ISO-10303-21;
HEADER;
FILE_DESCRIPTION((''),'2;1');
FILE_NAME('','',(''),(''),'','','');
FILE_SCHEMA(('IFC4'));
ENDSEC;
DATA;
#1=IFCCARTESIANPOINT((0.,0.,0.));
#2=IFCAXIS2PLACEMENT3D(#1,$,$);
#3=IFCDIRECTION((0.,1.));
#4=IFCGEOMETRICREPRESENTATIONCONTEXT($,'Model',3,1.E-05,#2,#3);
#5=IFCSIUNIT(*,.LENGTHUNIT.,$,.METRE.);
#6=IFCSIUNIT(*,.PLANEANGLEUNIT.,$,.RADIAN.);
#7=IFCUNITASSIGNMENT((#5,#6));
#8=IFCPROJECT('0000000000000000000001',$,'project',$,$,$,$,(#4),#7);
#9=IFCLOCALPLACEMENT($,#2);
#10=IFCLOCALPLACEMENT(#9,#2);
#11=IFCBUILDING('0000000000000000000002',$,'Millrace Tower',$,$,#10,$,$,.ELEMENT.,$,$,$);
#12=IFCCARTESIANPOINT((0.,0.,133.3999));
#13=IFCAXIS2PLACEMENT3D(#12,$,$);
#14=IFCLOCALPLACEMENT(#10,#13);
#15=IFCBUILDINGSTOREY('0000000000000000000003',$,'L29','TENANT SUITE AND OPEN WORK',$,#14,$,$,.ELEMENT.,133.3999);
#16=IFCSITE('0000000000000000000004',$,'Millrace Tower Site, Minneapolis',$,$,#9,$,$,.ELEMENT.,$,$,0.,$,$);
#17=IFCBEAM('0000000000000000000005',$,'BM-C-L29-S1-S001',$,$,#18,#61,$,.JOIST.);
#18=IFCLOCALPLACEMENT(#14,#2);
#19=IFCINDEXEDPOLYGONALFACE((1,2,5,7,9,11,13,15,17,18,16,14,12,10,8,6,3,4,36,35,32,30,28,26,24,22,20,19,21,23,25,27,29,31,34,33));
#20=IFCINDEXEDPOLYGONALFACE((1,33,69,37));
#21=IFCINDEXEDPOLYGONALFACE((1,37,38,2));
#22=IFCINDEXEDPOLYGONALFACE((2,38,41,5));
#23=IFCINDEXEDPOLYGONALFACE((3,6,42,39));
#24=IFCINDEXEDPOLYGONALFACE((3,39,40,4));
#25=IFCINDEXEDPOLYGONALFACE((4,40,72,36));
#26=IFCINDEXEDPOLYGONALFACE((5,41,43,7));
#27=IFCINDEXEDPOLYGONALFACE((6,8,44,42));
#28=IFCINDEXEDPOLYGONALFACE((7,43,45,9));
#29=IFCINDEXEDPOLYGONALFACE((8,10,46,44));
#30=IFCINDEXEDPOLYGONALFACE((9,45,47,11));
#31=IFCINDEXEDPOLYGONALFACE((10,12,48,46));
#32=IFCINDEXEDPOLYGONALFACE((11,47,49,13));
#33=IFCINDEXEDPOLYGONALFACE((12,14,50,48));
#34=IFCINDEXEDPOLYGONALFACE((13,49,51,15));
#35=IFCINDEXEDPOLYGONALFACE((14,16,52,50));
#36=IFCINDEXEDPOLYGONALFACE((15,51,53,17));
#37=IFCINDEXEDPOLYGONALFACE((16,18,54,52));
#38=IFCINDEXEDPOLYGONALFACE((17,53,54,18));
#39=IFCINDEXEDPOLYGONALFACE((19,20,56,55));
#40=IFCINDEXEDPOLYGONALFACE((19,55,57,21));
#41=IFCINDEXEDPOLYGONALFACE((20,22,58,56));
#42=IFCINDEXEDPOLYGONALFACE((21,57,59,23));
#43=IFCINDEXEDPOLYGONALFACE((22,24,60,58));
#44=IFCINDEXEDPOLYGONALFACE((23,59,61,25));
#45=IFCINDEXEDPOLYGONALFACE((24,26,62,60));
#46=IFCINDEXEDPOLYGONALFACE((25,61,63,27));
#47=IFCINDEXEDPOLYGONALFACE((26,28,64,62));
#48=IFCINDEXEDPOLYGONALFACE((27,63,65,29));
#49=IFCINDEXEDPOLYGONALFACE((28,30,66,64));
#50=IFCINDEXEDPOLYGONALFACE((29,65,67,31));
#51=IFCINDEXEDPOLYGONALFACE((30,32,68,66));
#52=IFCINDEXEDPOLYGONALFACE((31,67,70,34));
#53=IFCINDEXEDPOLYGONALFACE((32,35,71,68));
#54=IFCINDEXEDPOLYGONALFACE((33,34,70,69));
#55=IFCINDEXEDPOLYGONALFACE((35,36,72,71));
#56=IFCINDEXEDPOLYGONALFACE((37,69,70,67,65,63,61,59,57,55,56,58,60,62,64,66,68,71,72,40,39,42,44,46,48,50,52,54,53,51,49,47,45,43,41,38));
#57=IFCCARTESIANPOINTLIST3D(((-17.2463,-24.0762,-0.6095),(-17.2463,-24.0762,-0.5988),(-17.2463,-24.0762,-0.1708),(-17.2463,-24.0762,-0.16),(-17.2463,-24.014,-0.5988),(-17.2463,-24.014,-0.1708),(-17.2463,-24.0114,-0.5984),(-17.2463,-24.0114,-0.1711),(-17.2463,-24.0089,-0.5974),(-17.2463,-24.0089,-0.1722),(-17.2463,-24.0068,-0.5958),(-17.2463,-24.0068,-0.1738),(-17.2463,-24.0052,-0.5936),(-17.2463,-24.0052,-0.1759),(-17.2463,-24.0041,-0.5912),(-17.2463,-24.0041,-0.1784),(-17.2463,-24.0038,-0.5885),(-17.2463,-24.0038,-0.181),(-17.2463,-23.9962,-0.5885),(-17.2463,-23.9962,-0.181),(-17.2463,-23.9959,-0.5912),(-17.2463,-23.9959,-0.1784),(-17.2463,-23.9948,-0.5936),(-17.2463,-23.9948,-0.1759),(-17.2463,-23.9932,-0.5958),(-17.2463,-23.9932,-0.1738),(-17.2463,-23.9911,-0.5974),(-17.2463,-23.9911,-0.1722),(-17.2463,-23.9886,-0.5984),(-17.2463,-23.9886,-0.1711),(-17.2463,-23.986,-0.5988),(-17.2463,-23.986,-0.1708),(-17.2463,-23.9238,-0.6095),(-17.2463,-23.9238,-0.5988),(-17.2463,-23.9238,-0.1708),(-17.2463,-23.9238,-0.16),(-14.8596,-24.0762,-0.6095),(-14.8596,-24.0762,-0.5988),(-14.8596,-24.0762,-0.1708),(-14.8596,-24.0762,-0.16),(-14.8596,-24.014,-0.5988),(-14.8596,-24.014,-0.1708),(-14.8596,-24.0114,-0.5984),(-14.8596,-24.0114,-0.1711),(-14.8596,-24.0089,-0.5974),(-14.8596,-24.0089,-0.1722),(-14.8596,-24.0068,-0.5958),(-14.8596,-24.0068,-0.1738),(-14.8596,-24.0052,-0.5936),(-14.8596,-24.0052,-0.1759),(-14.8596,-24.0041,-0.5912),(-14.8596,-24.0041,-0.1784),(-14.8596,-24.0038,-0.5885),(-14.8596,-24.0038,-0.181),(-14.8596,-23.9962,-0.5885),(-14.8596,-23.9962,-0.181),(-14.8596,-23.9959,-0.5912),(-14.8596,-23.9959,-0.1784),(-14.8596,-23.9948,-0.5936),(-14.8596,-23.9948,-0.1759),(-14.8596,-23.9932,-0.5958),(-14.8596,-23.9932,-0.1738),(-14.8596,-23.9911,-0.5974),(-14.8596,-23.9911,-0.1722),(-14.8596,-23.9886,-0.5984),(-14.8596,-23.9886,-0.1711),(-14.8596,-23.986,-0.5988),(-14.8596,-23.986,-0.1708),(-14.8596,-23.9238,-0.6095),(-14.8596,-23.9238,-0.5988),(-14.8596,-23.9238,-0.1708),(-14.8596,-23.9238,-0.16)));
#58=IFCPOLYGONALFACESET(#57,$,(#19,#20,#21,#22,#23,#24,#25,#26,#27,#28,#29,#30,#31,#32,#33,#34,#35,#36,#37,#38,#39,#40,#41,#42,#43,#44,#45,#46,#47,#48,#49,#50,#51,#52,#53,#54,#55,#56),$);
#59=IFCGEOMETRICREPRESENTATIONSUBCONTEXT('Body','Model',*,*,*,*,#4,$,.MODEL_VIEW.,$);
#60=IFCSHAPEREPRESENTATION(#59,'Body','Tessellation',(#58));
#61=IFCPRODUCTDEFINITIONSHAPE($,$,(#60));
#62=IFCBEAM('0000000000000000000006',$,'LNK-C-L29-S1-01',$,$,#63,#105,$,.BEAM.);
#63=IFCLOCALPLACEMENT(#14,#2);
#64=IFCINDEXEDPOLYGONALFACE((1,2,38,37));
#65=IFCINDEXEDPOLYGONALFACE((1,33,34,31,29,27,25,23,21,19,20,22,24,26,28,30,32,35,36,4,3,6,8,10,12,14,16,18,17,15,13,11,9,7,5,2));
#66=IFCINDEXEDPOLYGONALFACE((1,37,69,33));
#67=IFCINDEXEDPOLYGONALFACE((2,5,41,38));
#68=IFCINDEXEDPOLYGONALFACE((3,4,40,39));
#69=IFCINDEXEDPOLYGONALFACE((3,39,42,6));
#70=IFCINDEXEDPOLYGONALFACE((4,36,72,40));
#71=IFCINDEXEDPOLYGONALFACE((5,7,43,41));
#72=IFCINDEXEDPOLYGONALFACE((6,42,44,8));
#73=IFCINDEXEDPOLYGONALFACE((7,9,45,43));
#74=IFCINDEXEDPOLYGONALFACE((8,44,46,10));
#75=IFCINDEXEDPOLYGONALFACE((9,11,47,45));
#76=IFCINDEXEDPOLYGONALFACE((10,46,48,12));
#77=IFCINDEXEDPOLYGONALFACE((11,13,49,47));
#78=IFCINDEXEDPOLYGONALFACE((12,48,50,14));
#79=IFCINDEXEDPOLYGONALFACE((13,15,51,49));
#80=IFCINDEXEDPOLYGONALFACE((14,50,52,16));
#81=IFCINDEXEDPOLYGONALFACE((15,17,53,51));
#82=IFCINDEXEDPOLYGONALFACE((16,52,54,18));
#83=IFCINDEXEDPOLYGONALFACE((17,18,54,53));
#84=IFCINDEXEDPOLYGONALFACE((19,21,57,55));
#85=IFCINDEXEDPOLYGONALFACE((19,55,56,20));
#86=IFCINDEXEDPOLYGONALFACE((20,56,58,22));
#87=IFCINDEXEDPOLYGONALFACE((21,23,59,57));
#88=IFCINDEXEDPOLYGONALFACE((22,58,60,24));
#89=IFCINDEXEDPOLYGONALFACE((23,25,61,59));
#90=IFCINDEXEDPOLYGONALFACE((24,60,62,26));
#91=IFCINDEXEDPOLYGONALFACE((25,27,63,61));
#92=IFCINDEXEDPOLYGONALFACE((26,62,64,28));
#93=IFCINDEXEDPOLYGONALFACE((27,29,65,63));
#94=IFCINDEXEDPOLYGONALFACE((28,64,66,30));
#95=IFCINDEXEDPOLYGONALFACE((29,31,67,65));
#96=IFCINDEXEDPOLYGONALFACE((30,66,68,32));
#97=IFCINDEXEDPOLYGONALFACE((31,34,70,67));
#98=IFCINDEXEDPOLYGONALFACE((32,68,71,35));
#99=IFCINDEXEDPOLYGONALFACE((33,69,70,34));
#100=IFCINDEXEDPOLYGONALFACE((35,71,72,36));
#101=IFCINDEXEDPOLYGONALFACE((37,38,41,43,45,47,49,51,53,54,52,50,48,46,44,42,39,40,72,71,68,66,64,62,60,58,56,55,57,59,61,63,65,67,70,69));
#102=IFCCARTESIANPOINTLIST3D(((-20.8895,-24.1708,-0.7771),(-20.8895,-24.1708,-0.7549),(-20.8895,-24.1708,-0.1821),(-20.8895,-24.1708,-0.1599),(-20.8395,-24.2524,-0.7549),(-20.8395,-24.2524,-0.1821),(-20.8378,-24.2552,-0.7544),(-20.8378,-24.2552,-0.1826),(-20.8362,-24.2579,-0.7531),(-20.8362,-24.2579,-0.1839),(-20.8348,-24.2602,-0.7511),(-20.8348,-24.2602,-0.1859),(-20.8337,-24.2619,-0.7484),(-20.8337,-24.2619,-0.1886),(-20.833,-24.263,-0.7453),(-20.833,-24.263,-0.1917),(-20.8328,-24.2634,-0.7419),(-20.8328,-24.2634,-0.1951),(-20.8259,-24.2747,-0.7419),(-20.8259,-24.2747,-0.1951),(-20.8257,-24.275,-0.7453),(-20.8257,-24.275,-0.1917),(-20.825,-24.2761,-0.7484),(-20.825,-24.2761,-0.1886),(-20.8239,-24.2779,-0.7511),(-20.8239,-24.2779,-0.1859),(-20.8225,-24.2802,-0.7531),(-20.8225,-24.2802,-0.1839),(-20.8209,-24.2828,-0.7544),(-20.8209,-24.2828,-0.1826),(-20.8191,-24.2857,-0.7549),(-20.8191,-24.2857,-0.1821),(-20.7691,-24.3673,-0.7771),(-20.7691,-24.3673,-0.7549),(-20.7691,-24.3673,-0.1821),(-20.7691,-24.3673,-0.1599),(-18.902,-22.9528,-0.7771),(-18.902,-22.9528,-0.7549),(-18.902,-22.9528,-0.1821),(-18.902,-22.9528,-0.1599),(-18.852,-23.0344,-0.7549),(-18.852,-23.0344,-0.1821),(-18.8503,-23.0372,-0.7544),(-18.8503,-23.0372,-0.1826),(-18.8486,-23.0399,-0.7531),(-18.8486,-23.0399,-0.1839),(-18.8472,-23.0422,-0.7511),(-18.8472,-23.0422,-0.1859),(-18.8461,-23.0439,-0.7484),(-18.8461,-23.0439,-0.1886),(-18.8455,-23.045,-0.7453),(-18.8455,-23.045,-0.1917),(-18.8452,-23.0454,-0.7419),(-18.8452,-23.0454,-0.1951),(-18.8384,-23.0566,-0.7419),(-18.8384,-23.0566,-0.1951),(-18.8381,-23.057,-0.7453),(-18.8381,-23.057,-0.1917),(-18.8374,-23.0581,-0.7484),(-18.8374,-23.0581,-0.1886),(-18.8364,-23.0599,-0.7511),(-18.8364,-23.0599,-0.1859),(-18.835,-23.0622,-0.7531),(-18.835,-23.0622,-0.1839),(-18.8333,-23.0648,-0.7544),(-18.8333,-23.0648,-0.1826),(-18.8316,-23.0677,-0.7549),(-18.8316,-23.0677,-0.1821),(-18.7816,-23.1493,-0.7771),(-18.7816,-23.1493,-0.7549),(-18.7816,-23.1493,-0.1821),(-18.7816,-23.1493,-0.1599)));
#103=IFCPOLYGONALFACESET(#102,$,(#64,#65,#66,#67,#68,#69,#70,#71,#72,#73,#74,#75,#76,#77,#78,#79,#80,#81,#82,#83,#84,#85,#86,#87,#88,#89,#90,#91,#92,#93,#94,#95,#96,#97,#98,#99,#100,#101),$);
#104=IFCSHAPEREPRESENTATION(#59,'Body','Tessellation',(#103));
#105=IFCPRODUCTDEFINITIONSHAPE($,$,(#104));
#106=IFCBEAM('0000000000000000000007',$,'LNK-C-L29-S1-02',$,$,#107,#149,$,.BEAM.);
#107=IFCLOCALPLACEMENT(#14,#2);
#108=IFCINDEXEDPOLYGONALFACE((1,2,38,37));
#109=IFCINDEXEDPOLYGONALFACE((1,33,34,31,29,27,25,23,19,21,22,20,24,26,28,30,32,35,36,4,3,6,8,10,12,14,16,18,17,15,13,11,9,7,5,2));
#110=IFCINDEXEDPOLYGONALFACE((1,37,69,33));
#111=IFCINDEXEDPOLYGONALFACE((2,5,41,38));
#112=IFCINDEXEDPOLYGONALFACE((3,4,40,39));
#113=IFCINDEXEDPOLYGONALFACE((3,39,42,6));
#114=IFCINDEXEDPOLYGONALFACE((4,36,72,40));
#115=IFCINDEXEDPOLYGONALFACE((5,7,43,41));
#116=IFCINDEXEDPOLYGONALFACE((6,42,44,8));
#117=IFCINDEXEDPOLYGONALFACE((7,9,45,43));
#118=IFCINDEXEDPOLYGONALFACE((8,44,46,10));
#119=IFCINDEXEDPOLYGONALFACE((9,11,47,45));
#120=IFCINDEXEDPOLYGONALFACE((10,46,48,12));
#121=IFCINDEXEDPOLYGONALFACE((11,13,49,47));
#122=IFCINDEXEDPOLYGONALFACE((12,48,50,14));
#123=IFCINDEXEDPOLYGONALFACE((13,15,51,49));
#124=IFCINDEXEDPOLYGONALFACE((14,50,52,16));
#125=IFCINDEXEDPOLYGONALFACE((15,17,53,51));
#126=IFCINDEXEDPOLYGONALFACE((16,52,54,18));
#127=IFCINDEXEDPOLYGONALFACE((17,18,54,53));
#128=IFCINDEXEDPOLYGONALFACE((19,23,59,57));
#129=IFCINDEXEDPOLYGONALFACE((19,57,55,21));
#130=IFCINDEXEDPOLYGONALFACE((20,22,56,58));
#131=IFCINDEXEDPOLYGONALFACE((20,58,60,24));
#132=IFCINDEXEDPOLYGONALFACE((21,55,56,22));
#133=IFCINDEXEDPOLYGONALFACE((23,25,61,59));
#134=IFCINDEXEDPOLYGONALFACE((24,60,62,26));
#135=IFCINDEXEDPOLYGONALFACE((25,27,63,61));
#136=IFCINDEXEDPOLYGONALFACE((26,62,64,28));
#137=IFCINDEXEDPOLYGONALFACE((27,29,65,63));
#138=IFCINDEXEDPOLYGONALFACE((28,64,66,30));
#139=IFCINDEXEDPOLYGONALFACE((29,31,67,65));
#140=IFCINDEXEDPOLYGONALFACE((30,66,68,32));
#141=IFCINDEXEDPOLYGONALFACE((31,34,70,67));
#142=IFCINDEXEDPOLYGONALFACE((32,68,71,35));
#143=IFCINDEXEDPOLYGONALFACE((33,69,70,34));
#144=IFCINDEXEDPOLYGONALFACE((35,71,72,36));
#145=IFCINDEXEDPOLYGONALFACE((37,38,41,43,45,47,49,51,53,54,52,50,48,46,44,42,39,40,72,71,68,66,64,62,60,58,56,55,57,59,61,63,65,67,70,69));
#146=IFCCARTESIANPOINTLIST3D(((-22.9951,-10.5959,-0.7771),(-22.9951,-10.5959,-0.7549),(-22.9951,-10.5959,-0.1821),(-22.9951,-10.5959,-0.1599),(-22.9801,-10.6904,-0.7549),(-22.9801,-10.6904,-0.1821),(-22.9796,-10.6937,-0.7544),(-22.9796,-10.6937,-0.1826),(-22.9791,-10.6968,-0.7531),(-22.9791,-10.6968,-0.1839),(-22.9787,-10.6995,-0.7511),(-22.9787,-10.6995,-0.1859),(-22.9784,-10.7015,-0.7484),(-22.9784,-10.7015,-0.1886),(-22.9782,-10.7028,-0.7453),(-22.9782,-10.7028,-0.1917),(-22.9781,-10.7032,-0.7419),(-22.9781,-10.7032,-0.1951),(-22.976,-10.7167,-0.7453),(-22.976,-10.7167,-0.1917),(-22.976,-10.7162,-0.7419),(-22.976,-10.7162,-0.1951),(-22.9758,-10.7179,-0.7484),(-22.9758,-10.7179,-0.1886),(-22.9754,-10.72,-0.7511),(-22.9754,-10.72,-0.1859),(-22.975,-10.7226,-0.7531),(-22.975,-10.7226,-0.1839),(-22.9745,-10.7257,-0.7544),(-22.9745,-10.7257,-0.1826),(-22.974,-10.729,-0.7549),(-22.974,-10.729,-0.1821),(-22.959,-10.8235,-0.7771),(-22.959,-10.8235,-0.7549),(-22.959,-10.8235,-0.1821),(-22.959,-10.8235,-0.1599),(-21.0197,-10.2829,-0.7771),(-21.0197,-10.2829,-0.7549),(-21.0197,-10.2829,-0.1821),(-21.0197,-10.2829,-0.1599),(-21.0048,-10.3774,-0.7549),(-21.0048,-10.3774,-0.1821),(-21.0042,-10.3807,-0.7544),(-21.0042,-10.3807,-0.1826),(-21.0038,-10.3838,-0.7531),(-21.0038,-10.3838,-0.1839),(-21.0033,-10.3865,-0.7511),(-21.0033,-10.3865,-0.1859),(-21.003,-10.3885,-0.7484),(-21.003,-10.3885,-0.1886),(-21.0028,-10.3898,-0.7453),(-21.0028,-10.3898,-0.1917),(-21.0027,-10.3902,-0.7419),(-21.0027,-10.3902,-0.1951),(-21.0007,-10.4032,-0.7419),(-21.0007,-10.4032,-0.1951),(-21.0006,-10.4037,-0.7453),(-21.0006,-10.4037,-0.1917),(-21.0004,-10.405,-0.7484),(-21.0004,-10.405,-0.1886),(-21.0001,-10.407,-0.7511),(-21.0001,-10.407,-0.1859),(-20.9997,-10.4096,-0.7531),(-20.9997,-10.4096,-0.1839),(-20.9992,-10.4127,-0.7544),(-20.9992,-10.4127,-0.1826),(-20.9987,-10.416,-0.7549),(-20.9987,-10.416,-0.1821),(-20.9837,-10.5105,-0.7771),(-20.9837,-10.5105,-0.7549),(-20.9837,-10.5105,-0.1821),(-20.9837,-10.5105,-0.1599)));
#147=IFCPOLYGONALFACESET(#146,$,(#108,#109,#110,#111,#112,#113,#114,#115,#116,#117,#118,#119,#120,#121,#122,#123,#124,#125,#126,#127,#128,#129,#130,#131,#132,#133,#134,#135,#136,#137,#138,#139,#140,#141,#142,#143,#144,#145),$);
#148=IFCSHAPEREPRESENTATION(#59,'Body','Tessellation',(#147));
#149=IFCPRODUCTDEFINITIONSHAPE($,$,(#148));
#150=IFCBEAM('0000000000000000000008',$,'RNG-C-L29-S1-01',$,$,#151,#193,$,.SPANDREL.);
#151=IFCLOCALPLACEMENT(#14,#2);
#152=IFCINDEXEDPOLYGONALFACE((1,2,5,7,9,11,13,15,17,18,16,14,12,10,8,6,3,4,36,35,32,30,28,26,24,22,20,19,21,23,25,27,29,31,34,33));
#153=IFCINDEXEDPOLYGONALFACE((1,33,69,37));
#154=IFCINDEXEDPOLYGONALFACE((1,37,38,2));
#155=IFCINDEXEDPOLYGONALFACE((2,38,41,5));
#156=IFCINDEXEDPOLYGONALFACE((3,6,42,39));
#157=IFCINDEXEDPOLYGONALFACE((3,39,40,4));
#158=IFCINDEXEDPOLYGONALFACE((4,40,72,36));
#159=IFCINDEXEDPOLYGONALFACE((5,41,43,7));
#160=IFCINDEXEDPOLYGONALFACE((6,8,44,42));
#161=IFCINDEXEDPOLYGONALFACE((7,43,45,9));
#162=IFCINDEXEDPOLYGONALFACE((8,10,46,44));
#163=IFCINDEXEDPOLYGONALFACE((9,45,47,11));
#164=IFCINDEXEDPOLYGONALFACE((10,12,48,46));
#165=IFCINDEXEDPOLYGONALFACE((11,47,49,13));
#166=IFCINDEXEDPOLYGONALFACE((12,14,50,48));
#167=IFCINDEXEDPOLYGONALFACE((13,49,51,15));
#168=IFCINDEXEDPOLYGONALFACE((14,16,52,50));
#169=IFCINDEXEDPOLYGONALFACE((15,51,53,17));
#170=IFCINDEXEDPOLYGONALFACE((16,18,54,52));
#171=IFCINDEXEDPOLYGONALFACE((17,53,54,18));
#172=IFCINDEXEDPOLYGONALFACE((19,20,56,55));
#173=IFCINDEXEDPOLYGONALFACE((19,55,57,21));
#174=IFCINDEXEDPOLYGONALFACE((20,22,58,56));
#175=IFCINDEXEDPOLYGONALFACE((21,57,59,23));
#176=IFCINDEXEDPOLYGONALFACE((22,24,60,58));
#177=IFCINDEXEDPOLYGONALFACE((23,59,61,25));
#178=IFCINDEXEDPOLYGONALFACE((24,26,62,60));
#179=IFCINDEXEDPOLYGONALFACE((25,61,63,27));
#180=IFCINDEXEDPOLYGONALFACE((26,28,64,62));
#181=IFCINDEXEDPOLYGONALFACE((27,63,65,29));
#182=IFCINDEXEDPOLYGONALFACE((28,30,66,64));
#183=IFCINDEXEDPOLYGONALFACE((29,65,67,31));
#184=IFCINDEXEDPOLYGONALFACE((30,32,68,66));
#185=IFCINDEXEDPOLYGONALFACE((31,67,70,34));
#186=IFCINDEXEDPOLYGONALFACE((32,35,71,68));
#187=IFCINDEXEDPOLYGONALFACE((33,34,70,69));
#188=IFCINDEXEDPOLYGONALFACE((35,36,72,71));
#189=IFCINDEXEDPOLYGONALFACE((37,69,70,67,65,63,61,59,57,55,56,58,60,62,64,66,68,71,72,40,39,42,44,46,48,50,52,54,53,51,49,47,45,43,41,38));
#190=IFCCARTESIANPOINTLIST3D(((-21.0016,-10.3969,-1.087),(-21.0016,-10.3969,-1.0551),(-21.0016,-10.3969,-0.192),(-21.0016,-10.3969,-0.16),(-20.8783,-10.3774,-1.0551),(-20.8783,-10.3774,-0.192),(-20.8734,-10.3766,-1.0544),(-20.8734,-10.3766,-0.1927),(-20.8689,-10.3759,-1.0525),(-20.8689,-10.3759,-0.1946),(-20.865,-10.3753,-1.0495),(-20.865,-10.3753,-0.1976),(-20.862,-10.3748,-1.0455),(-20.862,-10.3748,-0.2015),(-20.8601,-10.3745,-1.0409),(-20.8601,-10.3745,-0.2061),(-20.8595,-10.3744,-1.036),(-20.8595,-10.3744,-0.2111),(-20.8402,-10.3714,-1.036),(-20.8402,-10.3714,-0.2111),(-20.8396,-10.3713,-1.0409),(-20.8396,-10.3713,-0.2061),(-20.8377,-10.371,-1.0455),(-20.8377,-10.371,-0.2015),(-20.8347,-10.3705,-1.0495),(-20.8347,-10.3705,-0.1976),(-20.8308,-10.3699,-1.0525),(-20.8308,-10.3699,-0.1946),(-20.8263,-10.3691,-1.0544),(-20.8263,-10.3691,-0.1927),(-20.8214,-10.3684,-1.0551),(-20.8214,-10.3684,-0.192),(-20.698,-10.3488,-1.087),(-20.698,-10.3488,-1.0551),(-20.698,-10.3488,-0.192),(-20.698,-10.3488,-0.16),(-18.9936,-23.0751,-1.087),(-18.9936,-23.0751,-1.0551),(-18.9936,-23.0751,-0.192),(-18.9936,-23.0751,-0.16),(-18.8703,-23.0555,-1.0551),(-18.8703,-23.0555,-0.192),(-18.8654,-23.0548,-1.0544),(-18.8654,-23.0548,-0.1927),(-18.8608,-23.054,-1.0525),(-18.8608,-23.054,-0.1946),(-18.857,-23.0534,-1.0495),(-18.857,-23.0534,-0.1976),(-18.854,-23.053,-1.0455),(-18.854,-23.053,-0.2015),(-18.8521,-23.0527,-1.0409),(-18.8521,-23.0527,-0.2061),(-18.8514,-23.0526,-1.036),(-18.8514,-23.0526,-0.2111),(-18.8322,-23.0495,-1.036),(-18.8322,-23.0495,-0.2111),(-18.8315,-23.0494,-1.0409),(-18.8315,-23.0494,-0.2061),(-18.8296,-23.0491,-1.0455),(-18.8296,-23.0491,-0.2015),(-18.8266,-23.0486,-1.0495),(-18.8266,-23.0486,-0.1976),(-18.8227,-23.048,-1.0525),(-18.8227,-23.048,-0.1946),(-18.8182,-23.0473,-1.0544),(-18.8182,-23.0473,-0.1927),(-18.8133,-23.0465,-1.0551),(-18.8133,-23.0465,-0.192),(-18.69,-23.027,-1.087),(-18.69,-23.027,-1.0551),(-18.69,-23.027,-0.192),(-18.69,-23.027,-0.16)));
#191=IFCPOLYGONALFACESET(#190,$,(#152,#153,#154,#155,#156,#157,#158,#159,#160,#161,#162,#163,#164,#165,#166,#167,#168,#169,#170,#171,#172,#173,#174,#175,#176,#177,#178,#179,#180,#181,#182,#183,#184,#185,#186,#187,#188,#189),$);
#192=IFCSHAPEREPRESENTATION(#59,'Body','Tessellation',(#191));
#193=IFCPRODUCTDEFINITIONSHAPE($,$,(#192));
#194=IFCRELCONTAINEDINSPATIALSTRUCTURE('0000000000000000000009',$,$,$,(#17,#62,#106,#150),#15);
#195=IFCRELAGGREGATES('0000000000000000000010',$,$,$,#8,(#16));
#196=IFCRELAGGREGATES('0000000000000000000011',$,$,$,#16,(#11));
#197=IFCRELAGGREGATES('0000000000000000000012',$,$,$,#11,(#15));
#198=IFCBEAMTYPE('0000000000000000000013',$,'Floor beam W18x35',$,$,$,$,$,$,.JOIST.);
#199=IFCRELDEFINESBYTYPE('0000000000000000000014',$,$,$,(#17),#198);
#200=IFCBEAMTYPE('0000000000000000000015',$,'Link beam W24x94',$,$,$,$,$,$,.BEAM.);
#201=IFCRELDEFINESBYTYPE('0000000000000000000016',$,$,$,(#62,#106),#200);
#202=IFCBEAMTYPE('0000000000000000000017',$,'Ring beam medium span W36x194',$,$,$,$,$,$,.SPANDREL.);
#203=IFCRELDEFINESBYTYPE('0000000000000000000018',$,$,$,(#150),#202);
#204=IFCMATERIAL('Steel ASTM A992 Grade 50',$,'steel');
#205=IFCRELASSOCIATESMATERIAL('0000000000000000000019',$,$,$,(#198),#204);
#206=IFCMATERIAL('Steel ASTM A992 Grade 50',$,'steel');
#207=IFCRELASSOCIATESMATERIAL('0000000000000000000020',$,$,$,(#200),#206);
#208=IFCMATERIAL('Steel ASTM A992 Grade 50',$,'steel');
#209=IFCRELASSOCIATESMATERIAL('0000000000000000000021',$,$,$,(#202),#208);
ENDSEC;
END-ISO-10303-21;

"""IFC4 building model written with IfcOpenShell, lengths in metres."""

from ifc_helpers import new_model, si_unit, direction, frame, origin, origin_2d, place, context, subcontext, project, spatial, i_section, extrude, material, material_profile, profile_set, type_object, element, save


model = new_model("IFC4")

# Units and contexts
model_context = context("Model", 3, precision=1e-05, world=origin(), true_north=direction((0.0, 1.0)))
body_context = subcontext(model_context, "Body", "Model", "MODEL_VIEW")
ifc_project = project(units=[si_unit("LENGTHUNIT", "METRE"), si_unit("PLANEANGLEUNIT", "RADIAN")], contexts=[model_context])

# Site, building, storey
site_placement = place(None, origin())
site = spatial("IfcSite", under=ifc_project, at=site_placement, Name="Millrace Tower Site, Minneapolis", CompositionType="ELEMENT", RefElevation=0.0)
building_placement = place(site_placement, origin())
building = spatial("IfcBuilding", under=site, at=building_placement, Name="Millrace Tower", CompositionType="ELEMENT")
storey_placement = place(building_placement, frame((0.0, 0.0, 133.3999)))
storey = spatial("IfcBuildingStorey", under=building, at=storey_placement, Name="L29", Description="TENANT SUITE AND OPEN WORK", CompositionType="ELEMENT", Elevation=133.3999)

# Beams
ifc_material_1 = material(Name="Steel ASTM A992 Grade 50", Category="steel")
ifc_material_profile_1 = material_profile(ifc_material_1, i_section(OverallWidth=0.1523, OverallDepth=0.4495, WebThickness=0.0076, FlangeThickness=0.0107, FilletRadius=0.0103, at=origin_2d()))
ifc_profile_set_1 = profile_set([ifc_material_profile_1], Name="Steel ASTM A992 Grade 50")
beam_type_1 = type_object("IfcBeamType", Name="Floor beam W18x35", PredefinedType="JOIST", material=ifc_profile_set_1)
beam_1_placement = place(storey_placement, frame((-17.2463, -24.0, -0.3848), z_axis=(1.0, 0.0, 0.0), x_axis=(0.0, 1.0, 0.0)))
element("IfcBeam", 1, at=beam_1_placement, inside=storey, type_object=beam_type_1, Name="BM-C-L29-S1-S001", PredefinedType="JOIST", context=body_context, shape_type="SweptSolid", body=[
    extrude(i_section(OverallWidth=0.1523, OverallDepth=0.4495, WebThickness=0.0076, FlangeThickness=0.0107, FilletRadius=0.0103, at=origin_2d()), origin(), (0.0, 0.0, 1.0), 2.3867),
])
ifc_material_2 = material(Name="Steel ASTM A992 Grade 50", Category="steel")
ifc_material_profile_2 = material_profile(ifc_material_2, i_section(OverallWidth=0.2305, OverallDepth=0.6172, WebThickness=0.0132, FlangeThickness=0.0222, FilletRadius=0.0129, at=origin_2d()))
ifc_profile_set_2 = profile_set([ifc_material_profile_2], Name="Steel ASTM A992 Grade 50")
beam_type_2 = type_object("IfcBeamType", Name="Link beam W24x94", PredefinedType="BEAM", material=ifc_profile_set_2)
beam_2_placement = place(storey_placement, frame((-18.8418, -23.051, -0.4685), z_axis=(-0.852631, -0.522513, 0.0), x_axis=(0.522513, -0.852631, 0.0)))
element("IfcBeam", 2, at=beam_2_placement, inside=storey, type_object=beam_type_2, Name="LNK-C-L29-S1-01", PredefinedType="BEAM", context=body_context, shape_type="SweptSolid", body=[
    extrude(i_section(OverallWidth=0.2305, OverallDepth=0.6172, WebThickness=0.0132, FlangeThickness=0.0222, FilletRadius=0.0129, at=origin_2d()), origin(), (0.0, 0.0, 1.0), 2.3311),
])
beam_3_placement = place(storey_placement, frame((-21.0017, -10.3967, -0.4685), z_axis=(-0.987679, -0.156495, 0.0), x_axis=(0.156495, -0.987679, 0.0)))
element("IfcBeam", 3, at=beam_3_placement, inside=storey, type_object=beam_type_2, Name="LNK-C-L29-S1-02", PredefinedType="BEAM", context=body_context, shape_type="SweptSolid", body=[
    extrude(i_section(OverallWidth=0.2305, OverallDepth=0.6172, WebThickness=0.0132, FlangeThickness=0.0222, FilletRadius=0.0129, at=origin_2d()), origin(), (0.0, 0.0, 1.0), 2.0),
])
ifc_material_3 = material(Name="Steel ASTM A992 Grade 50", Category="steel")
ifc_material_profile_3 = material_profile(ifc_material_3, i_section(OverallWidth=0.3074, OverallDepth=0.927, WebThickness=0.0195, FlangeThickness=0.032, FilletRadius=0.019, at=origin_2d()))
ifc_profile_set_3 = profile_set([ifc_material_profile_3], Name="Steel ASTM A992 Grade 50")
beam_type_3 = type_object("IfcBeamType", Name="Ring beam medium span W36x194", PredefinedType="SPANDREL", material=ifc_profile_set_3)
beam_4_placement = place(storey_placement, frame((-18.8418, -23.051, -0.6235), z_axis=(-0.156436, 0.987688, 0.0), x_axis=(-0.987688, -0.156436, 0.0)))
element("IfcBeam", 4, at=beam_4_placement, inside=storey, type_object=beam_type_3, Name="RNG-C-L29-S1-01", PredefinedType="SPANDREL", context=body_context, shape_type="SweptSolid", body=[
    extrude(i_section(OverallWidth=0.3074, OverallDepth=0.927, WebThickness=0.0195, FlangeThickness=0.032, FilletRadius=0.019, at=origin_2d()), origin(), (0.0, 0.0, 1.0), 12.8362),
])

save(model, "model.ifc")
